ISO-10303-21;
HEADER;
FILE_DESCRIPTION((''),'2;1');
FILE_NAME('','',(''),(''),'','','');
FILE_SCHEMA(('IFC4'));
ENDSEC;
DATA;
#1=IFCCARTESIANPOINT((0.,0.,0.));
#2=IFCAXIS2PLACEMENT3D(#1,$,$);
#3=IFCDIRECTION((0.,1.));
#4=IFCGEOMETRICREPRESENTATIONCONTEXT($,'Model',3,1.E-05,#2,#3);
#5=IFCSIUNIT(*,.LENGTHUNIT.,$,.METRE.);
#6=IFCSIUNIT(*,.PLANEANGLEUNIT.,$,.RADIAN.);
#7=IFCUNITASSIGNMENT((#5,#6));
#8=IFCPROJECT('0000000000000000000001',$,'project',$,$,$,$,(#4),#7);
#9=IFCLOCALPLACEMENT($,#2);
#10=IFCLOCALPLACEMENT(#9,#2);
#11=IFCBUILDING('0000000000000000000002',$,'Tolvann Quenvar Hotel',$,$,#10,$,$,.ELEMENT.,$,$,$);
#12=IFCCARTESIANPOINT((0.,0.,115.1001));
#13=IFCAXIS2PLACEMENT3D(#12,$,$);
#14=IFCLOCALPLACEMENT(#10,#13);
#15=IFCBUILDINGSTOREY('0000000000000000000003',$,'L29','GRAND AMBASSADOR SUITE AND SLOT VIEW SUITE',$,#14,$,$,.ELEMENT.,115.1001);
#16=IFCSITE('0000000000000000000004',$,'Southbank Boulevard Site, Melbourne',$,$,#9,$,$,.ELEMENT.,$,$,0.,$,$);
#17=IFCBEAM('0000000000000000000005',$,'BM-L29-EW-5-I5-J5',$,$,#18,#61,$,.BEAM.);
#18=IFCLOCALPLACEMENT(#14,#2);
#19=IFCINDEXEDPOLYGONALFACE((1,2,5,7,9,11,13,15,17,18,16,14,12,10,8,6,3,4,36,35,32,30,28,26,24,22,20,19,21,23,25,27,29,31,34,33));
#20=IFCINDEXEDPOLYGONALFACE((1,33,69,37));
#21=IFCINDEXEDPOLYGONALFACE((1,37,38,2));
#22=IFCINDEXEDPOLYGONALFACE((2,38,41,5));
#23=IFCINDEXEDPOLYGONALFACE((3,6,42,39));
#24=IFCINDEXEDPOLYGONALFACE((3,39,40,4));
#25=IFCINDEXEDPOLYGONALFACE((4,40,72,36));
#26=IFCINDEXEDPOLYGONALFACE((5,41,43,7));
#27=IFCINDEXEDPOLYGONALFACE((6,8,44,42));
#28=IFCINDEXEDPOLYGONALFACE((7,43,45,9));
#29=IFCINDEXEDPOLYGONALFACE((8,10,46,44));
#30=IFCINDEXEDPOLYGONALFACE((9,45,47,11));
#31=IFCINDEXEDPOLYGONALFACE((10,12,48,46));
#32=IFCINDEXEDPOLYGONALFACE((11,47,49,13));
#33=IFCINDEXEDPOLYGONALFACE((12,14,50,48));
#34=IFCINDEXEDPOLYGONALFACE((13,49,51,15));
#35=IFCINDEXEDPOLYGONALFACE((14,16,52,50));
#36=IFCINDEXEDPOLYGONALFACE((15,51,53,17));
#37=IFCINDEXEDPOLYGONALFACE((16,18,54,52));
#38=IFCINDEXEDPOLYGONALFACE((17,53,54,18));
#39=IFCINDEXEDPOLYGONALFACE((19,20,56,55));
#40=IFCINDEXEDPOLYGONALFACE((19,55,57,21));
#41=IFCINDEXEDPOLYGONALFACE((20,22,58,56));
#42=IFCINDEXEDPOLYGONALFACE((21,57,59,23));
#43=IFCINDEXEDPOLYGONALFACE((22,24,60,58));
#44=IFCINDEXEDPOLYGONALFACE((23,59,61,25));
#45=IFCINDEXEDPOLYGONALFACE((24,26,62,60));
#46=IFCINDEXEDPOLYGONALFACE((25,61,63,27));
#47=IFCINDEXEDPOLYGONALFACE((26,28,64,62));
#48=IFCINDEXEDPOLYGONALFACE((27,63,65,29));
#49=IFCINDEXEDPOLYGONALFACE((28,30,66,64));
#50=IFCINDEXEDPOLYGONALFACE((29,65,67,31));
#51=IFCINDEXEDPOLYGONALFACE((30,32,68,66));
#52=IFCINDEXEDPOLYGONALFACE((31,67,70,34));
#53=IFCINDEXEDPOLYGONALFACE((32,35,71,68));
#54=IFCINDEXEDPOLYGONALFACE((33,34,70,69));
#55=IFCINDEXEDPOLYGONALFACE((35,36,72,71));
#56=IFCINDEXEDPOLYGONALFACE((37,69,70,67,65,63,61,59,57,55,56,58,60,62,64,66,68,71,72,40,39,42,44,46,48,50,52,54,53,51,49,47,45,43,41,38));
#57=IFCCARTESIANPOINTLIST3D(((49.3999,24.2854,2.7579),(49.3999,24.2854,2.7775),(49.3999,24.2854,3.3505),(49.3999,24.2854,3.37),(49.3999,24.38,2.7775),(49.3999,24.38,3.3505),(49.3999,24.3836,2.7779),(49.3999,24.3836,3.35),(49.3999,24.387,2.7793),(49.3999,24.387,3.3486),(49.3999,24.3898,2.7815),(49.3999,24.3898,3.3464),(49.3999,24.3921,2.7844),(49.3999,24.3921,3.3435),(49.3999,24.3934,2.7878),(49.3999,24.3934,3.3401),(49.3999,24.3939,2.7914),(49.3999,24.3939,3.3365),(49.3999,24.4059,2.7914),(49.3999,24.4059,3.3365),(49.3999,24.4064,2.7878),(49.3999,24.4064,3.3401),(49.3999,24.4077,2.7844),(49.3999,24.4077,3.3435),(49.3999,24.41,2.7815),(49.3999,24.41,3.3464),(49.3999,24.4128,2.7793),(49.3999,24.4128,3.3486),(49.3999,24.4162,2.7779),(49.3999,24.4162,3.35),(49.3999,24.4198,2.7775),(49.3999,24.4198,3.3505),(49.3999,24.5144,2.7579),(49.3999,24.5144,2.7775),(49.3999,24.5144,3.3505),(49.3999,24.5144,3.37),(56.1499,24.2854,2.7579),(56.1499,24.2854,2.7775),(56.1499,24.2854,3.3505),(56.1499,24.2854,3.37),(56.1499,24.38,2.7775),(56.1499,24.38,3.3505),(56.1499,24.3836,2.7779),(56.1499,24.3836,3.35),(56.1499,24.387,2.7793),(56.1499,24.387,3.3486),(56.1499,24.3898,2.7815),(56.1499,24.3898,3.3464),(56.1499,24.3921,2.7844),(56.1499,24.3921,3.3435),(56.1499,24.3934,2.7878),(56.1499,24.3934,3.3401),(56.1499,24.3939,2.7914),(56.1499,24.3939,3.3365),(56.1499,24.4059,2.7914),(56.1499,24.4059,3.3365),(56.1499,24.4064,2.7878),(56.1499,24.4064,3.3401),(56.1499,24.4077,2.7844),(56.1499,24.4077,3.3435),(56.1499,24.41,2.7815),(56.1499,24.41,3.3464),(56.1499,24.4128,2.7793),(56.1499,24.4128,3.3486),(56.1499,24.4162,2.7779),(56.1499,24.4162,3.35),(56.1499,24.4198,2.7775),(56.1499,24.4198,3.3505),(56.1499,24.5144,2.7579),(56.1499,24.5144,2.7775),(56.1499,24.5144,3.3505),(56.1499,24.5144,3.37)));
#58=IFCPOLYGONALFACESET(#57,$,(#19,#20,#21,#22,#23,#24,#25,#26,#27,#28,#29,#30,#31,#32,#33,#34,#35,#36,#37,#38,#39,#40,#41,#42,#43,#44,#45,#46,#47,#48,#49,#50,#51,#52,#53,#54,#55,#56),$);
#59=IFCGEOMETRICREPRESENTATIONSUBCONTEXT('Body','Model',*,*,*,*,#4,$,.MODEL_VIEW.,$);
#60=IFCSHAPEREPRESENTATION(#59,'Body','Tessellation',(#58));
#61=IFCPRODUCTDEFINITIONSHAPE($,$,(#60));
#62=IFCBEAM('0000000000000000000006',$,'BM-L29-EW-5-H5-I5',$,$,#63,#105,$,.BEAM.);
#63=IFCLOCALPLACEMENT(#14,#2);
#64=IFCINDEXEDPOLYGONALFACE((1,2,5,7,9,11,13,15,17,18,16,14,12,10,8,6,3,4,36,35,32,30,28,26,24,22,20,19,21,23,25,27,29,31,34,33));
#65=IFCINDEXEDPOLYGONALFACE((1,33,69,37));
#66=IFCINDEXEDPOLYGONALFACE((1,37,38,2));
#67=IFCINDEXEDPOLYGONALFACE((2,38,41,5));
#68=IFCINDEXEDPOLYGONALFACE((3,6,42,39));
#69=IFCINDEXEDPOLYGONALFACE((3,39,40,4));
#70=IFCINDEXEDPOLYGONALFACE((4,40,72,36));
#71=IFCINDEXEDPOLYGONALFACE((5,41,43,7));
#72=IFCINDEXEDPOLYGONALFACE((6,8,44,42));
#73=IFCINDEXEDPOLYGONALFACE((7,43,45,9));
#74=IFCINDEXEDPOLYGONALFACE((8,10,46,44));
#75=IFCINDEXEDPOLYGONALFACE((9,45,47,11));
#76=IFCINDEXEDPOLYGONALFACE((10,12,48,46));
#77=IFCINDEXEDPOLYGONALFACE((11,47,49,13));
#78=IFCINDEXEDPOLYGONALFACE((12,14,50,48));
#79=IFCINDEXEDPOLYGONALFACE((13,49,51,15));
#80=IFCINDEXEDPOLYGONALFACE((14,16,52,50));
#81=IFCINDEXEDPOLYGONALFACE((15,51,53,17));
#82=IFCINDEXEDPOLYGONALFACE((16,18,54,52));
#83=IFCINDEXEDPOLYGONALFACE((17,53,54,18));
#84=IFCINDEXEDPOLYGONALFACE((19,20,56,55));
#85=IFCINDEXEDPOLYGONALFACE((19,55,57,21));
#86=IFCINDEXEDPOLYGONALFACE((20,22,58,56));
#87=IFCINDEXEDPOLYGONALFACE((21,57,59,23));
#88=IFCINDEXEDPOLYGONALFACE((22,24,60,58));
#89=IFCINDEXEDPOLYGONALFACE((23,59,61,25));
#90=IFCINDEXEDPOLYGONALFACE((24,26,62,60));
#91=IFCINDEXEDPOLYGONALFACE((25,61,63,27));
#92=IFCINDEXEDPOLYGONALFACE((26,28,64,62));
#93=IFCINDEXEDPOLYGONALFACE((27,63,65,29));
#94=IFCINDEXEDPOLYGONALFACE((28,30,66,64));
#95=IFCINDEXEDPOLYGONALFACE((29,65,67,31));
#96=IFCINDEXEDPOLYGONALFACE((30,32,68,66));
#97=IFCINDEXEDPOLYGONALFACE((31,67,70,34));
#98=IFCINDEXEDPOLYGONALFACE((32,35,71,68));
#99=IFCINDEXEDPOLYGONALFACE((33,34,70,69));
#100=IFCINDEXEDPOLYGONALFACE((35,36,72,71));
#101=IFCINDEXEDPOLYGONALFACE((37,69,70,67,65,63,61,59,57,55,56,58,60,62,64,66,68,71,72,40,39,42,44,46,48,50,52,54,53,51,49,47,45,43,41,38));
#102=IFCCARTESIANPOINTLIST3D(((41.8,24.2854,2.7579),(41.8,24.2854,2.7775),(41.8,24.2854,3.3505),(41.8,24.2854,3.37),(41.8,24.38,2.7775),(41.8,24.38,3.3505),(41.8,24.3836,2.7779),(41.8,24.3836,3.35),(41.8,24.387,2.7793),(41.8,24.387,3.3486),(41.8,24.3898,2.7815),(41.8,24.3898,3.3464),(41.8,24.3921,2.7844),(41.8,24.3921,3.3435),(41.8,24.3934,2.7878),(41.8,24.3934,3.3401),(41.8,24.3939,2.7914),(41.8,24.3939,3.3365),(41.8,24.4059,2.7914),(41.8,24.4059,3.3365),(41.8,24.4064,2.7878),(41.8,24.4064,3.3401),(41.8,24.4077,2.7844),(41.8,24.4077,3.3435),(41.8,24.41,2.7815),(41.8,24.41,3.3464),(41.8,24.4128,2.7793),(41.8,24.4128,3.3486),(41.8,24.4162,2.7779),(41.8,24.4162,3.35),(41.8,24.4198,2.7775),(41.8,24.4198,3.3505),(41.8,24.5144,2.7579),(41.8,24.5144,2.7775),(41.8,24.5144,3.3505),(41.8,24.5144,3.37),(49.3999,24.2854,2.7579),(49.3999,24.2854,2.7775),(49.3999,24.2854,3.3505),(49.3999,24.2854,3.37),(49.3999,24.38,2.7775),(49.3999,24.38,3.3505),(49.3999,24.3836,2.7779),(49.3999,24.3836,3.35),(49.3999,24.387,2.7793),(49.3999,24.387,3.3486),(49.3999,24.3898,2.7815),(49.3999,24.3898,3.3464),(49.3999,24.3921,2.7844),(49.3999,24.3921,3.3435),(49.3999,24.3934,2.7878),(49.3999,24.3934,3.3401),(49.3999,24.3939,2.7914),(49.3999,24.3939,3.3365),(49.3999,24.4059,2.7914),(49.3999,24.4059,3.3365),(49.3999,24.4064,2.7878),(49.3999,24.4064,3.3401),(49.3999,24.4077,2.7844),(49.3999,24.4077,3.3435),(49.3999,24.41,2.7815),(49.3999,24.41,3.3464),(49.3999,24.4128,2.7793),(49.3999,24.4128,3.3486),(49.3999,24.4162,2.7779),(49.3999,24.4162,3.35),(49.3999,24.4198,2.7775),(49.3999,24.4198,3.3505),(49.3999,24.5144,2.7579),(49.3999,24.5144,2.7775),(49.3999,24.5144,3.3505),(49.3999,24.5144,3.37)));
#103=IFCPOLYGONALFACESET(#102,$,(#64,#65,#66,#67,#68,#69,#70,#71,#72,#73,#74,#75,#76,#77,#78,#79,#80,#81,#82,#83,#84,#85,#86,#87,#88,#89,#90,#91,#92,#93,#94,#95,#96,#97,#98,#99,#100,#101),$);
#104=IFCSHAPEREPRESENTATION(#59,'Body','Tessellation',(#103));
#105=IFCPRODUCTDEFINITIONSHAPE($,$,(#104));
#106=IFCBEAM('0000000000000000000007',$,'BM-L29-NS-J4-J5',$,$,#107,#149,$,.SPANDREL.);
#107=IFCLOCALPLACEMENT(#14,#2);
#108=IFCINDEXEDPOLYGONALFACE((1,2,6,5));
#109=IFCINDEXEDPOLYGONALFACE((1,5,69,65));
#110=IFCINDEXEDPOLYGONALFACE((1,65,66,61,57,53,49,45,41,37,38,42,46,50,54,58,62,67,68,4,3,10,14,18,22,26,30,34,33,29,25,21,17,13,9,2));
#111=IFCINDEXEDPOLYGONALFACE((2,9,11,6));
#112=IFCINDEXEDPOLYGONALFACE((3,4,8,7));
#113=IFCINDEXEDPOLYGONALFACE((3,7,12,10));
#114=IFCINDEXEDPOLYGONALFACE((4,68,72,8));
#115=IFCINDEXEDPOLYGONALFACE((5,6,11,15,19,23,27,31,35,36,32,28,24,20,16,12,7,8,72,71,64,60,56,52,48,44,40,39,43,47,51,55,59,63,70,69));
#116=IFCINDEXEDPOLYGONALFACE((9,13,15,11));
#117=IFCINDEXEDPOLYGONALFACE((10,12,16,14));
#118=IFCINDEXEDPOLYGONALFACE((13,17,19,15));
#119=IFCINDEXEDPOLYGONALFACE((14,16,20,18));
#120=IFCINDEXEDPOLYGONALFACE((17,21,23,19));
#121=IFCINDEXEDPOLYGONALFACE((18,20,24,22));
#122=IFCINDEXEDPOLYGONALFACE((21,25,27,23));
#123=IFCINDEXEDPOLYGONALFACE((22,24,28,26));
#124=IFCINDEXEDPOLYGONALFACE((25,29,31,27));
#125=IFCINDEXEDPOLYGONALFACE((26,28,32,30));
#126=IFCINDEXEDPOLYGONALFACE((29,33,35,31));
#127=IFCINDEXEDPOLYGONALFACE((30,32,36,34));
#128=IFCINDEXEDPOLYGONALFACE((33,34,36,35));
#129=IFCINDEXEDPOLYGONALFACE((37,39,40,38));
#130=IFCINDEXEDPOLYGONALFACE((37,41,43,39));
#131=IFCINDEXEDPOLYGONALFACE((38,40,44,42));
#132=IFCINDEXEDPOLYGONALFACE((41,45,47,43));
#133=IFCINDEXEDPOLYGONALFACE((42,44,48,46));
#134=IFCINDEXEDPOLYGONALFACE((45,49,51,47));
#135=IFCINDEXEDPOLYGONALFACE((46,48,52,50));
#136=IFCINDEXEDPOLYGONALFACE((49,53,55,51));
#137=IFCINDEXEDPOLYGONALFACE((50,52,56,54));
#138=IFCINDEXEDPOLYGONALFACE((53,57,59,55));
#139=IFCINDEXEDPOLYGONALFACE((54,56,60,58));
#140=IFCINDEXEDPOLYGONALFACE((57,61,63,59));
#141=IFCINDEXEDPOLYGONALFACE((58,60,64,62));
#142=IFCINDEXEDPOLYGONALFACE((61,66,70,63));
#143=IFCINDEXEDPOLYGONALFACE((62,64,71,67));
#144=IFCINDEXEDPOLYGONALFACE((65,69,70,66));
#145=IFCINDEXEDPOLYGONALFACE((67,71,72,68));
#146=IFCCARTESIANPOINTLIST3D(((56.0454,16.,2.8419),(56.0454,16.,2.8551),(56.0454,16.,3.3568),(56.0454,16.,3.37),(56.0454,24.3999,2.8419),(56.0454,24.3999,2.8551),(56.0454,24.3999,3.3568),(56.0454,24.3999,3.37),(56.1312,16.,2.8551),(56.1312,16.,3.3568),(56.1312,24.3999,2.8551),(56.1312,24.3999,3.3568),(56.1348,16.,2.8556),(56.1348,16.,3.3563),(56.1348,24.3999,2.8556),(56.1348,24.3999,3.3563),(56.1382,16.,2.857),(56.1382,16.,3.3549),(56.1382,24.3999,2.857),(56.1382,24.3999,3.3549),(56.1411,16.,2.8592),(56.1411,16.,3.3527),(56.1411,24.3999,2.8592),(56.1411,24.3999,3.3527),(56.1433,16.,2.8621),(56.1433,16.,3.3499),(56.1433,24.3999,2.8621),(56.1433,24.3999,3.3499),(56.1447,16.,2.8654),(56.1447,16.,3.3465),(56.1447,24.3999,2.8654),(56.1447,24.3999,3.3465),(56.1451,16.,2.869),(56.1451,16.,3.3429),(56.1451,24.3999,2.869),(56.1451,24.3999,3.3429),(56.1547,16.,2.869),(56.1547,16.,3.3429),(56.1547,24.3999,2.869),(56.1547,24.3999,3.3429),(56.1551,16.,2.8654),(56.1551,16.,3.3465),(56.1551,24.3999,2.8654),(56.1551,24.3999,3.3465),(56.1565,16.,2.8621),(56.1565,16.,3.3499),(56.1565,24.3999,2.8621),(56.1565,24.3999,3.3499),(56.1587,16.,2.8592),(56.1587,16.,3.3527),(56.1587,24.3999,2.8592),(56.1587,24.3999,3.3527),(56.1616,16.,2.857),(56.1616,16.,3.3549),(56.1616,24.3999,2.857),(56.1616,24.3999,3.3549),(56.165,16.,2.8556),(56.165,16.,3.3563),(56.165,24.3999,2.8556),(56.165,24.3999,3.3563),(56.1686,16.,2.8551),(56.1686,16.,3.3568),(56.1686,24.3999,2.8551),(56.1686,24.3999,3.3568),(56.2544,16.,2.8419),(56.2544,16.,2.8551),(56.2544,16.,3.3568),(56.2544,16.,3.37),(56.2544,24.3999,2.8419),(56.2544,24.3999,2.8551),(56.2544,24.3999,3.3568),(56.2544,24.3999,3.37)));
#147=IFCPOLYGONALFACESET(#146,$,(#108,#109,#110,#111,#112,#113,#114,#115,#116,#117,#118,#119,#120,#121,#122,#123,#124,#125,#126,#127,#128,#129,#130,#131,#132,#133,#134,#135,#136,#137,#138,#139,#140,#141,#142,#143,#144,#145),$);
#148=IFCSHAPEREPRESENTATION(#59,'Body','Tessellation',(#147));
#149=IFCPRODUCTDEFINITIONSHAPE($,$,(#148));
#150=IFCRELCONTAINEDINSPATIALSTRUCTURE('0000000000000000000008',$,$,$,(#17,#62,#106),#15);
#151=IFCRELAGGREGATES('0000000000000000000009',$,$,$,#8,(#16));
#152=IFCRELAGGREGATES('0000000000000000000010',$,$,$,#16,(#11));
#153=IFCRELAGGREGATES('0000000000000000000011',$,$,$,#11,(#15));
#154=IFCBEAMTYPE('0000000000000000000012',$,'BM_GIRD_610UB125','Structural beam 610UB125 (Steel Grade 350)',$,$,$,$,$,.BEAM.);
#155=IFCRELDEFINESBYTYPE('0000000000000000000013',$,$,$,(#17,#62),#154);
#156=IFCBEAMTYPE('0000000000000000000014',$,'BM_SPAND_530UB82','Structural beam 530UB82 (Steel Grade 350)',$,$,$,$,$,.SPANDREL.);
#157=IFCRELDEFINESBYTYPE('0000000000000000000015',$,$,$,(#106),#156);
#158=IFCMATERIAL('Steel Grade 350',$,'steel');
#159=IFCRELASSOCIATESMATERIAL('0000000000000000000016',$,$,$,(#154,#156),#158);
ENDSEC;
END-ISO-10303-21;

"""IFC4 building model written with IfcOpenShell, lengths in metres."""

from ifc_helpers import new_model, si_unit, direction, frame, origin, origin_2d, place, context, subcontext, project, spatial, i_section, extrude, source, transform, mapped, material, material_profile, profile_set, type_object, type_shapes, element, save


model = new_model("IFC4")

# Units and contexts
model_context = context("Model", 3, precision=1e-05, world=origin(), true_north=direction((0.0, 1.0)))
body_context = subcontext(model_context, "Body", "Model", "MODEL_VIEW")
ifc_project = project(units=[si_unit("LENGTHUNIT", "METRE"), si_unit("PLANEANGLEUNIT", "RADIAN")], contexts=[model_context])

# Site, building, storey
site_placement = place(None, origin())
site = spatial("IfcSite", under=ifc_project, at=site_placement, Name="Southbank Boulevard Site, Melbourne", CompositionType="ELEMENT", RefElevation=0.0)
building_placement = place(site_placement, origin())
building = spatial("IfcBuilding", under=site, at=building_placement, Name="Tolvann Quenvar Hotel", CompositionType="ELEMENT")
storey_placement = place(building_placement, frame((0.0, 0.0, 115.1001)))
storey = spatial("IfcBuildingStorey", under=building, at=storey_placement, Name="L29", Description="GRAND AMBASSADOR SUITE AND SLOT VIEW SUITE", CompositionType="ELEMENT", Elevation=115.1001)

# Shared definitions
ifc_material_1 = material(Name="Steel Grade 350", Category="steel")

# Beams
ifc_material_profile_1 = material_profile(ifc_material_1, i_section(OverallWidth=0.229, OverallDepth=0.6121, WebThickness=0.012, FlangeThickness=0.0195, FilletRadius=0.0139, at=origin_2d()), Name="610UB125")
ifc_profile_set_1 = profile_set([ifc_material_profile_1], Name="Steel Grade 350")
beam_type_1 = type_object("IfcBeamType", Name="BM_GIRD_610UB125", Description="Structural beam 610UB125 (Steel Grade 350)", PredefinedType="BEAM", material=ifc_profile_set_1)
shared_shape_1 = source(origin(), body_context, "Body", "SweptSolid", [
    extrude(i_section(OverallWidth=0.229, OverallDepth=0.6121, WebThickness=0.012, FlangeThickness=0.0195, FilletRadius=0.0139, at=origin_2d()), origin(), (0.0, 0.0, 1.0), 6.75),
])
for number, where, z_axis, x_axis, name in (
    (1, (49.3999, 24.3999, 3.064), (1.0, 0.0, 0.0), (0.0, 1.0, 0.0), "BM-L29-EW-5-I5-J5"),
):
    element("IfcBeam", number, at=place(storey_placement, frame(where, z_axis=z_axis, x_axis=x_axis)), inside=storey, type_object=beam_type_1, Name=name, PredefinedType="BEAM", context=body_context, shape_type="MappedRepresentation", body=[
        mapped(shared_shape_1, transform((0.0, 0.0, 0.0), x_axis=(1.0, 0.0, 0.0), y_axis=(0.0, 1.0, 0.0), z_axis=(0.0, 0.0, 1.0), scale=1.0)),
    ])
shared_shape_2 = source(origin(), body_context, "Body", "SweptSolid", [
    extrude(i_section(OverallWidth=0.229, OverallDepth=0.6121, WebThickness=0.012, FlangeThickness=0.0195, FilletRadius=0.0139, at=origin_2d()), origin(), (0.0, 0.0, 1.0), 7.5999),
])
beam_1_placement = place(storey_placement, frame((41.8, 24.3999, 3.064), z_axis=(1.0, 0.0, 0.0), x_axis=(0.0, 1.0, 0.0)))
element("IfcBeam", 2, at=beam_1_placement, inside=storey, type_object=beam_type_1, Name="BM-L29-EW-5-H5-I5", PredefinedType="BEAM", context=body_context, shape_type="MappedRepresentation", body=[
    mapped(shared_shape_2, transform((0.0, 0.0, 0.0), x_axis=(1.0, 0.0, 0.0), y_axis=(0.0, 1.0, 0.0), z_axis=(0.0, 0.0, 1.0), scale=1.0)),
])
ifc_material_profile_2 = material_profile(ifc_material_1, i_section(OverallWidth=0.209, OverallDepth=0.5281, WebThickness=0.0095, FlangeThickness=0.0132, FilletRadius=0.0139, at=origin_2d()), Name="530UB82")
ifc_profile_set_2 = profile_set([ifc_material_profile_2], Name="Steel Grade 350")
beam_type_2 = type_object("IfcBeamType", Name="BM_SPAND_530UB82", Description="Structural beam 530UB82 (Steel Grade 350)", PredefinedType="SPANDREL", material=ifc_profile_set_2)
shared_shape_3 = source(origin(), body_context, "Body", "SweptSolid", [
    extrude(i_section(OverallWidth=0.209, OverallDepth=0.5281, WebThickness=0.0095, FlangeThickness=0.0132, FilletRadius=0.0139, at=origin_2d()), origin(), (0.0, 0.0, 1.0), 8.3999),
])
type_shapes(beam_type_2, [shared_shape_3])
beam_2_placement = place(storey_placement, frame((56.1499, 16.0, 3.106), z_axis=(0.0, 1.0, 0.0), x_axis=(-1.0, 0.0, 0.0)))
element("IfcBeam", 3, at=beam_2_placement, inside=storey, type_object=beam_type_2, Name="BM-L29-NS-J4-J5", PredefinedType="SPANDREL", context=body_context, shape_type="MappedRepresentation", body=[
    mapped(shared_shape_3, transform((0.0, 0.0, 0.0), x_axis=(1.0, 0.0, 0.0), y_axis=(0.0, 1.0, 0.0), z_axis=(0.0, 0.0, 1.0), scale=1.0)),
])

save(model, "model.ifc")
